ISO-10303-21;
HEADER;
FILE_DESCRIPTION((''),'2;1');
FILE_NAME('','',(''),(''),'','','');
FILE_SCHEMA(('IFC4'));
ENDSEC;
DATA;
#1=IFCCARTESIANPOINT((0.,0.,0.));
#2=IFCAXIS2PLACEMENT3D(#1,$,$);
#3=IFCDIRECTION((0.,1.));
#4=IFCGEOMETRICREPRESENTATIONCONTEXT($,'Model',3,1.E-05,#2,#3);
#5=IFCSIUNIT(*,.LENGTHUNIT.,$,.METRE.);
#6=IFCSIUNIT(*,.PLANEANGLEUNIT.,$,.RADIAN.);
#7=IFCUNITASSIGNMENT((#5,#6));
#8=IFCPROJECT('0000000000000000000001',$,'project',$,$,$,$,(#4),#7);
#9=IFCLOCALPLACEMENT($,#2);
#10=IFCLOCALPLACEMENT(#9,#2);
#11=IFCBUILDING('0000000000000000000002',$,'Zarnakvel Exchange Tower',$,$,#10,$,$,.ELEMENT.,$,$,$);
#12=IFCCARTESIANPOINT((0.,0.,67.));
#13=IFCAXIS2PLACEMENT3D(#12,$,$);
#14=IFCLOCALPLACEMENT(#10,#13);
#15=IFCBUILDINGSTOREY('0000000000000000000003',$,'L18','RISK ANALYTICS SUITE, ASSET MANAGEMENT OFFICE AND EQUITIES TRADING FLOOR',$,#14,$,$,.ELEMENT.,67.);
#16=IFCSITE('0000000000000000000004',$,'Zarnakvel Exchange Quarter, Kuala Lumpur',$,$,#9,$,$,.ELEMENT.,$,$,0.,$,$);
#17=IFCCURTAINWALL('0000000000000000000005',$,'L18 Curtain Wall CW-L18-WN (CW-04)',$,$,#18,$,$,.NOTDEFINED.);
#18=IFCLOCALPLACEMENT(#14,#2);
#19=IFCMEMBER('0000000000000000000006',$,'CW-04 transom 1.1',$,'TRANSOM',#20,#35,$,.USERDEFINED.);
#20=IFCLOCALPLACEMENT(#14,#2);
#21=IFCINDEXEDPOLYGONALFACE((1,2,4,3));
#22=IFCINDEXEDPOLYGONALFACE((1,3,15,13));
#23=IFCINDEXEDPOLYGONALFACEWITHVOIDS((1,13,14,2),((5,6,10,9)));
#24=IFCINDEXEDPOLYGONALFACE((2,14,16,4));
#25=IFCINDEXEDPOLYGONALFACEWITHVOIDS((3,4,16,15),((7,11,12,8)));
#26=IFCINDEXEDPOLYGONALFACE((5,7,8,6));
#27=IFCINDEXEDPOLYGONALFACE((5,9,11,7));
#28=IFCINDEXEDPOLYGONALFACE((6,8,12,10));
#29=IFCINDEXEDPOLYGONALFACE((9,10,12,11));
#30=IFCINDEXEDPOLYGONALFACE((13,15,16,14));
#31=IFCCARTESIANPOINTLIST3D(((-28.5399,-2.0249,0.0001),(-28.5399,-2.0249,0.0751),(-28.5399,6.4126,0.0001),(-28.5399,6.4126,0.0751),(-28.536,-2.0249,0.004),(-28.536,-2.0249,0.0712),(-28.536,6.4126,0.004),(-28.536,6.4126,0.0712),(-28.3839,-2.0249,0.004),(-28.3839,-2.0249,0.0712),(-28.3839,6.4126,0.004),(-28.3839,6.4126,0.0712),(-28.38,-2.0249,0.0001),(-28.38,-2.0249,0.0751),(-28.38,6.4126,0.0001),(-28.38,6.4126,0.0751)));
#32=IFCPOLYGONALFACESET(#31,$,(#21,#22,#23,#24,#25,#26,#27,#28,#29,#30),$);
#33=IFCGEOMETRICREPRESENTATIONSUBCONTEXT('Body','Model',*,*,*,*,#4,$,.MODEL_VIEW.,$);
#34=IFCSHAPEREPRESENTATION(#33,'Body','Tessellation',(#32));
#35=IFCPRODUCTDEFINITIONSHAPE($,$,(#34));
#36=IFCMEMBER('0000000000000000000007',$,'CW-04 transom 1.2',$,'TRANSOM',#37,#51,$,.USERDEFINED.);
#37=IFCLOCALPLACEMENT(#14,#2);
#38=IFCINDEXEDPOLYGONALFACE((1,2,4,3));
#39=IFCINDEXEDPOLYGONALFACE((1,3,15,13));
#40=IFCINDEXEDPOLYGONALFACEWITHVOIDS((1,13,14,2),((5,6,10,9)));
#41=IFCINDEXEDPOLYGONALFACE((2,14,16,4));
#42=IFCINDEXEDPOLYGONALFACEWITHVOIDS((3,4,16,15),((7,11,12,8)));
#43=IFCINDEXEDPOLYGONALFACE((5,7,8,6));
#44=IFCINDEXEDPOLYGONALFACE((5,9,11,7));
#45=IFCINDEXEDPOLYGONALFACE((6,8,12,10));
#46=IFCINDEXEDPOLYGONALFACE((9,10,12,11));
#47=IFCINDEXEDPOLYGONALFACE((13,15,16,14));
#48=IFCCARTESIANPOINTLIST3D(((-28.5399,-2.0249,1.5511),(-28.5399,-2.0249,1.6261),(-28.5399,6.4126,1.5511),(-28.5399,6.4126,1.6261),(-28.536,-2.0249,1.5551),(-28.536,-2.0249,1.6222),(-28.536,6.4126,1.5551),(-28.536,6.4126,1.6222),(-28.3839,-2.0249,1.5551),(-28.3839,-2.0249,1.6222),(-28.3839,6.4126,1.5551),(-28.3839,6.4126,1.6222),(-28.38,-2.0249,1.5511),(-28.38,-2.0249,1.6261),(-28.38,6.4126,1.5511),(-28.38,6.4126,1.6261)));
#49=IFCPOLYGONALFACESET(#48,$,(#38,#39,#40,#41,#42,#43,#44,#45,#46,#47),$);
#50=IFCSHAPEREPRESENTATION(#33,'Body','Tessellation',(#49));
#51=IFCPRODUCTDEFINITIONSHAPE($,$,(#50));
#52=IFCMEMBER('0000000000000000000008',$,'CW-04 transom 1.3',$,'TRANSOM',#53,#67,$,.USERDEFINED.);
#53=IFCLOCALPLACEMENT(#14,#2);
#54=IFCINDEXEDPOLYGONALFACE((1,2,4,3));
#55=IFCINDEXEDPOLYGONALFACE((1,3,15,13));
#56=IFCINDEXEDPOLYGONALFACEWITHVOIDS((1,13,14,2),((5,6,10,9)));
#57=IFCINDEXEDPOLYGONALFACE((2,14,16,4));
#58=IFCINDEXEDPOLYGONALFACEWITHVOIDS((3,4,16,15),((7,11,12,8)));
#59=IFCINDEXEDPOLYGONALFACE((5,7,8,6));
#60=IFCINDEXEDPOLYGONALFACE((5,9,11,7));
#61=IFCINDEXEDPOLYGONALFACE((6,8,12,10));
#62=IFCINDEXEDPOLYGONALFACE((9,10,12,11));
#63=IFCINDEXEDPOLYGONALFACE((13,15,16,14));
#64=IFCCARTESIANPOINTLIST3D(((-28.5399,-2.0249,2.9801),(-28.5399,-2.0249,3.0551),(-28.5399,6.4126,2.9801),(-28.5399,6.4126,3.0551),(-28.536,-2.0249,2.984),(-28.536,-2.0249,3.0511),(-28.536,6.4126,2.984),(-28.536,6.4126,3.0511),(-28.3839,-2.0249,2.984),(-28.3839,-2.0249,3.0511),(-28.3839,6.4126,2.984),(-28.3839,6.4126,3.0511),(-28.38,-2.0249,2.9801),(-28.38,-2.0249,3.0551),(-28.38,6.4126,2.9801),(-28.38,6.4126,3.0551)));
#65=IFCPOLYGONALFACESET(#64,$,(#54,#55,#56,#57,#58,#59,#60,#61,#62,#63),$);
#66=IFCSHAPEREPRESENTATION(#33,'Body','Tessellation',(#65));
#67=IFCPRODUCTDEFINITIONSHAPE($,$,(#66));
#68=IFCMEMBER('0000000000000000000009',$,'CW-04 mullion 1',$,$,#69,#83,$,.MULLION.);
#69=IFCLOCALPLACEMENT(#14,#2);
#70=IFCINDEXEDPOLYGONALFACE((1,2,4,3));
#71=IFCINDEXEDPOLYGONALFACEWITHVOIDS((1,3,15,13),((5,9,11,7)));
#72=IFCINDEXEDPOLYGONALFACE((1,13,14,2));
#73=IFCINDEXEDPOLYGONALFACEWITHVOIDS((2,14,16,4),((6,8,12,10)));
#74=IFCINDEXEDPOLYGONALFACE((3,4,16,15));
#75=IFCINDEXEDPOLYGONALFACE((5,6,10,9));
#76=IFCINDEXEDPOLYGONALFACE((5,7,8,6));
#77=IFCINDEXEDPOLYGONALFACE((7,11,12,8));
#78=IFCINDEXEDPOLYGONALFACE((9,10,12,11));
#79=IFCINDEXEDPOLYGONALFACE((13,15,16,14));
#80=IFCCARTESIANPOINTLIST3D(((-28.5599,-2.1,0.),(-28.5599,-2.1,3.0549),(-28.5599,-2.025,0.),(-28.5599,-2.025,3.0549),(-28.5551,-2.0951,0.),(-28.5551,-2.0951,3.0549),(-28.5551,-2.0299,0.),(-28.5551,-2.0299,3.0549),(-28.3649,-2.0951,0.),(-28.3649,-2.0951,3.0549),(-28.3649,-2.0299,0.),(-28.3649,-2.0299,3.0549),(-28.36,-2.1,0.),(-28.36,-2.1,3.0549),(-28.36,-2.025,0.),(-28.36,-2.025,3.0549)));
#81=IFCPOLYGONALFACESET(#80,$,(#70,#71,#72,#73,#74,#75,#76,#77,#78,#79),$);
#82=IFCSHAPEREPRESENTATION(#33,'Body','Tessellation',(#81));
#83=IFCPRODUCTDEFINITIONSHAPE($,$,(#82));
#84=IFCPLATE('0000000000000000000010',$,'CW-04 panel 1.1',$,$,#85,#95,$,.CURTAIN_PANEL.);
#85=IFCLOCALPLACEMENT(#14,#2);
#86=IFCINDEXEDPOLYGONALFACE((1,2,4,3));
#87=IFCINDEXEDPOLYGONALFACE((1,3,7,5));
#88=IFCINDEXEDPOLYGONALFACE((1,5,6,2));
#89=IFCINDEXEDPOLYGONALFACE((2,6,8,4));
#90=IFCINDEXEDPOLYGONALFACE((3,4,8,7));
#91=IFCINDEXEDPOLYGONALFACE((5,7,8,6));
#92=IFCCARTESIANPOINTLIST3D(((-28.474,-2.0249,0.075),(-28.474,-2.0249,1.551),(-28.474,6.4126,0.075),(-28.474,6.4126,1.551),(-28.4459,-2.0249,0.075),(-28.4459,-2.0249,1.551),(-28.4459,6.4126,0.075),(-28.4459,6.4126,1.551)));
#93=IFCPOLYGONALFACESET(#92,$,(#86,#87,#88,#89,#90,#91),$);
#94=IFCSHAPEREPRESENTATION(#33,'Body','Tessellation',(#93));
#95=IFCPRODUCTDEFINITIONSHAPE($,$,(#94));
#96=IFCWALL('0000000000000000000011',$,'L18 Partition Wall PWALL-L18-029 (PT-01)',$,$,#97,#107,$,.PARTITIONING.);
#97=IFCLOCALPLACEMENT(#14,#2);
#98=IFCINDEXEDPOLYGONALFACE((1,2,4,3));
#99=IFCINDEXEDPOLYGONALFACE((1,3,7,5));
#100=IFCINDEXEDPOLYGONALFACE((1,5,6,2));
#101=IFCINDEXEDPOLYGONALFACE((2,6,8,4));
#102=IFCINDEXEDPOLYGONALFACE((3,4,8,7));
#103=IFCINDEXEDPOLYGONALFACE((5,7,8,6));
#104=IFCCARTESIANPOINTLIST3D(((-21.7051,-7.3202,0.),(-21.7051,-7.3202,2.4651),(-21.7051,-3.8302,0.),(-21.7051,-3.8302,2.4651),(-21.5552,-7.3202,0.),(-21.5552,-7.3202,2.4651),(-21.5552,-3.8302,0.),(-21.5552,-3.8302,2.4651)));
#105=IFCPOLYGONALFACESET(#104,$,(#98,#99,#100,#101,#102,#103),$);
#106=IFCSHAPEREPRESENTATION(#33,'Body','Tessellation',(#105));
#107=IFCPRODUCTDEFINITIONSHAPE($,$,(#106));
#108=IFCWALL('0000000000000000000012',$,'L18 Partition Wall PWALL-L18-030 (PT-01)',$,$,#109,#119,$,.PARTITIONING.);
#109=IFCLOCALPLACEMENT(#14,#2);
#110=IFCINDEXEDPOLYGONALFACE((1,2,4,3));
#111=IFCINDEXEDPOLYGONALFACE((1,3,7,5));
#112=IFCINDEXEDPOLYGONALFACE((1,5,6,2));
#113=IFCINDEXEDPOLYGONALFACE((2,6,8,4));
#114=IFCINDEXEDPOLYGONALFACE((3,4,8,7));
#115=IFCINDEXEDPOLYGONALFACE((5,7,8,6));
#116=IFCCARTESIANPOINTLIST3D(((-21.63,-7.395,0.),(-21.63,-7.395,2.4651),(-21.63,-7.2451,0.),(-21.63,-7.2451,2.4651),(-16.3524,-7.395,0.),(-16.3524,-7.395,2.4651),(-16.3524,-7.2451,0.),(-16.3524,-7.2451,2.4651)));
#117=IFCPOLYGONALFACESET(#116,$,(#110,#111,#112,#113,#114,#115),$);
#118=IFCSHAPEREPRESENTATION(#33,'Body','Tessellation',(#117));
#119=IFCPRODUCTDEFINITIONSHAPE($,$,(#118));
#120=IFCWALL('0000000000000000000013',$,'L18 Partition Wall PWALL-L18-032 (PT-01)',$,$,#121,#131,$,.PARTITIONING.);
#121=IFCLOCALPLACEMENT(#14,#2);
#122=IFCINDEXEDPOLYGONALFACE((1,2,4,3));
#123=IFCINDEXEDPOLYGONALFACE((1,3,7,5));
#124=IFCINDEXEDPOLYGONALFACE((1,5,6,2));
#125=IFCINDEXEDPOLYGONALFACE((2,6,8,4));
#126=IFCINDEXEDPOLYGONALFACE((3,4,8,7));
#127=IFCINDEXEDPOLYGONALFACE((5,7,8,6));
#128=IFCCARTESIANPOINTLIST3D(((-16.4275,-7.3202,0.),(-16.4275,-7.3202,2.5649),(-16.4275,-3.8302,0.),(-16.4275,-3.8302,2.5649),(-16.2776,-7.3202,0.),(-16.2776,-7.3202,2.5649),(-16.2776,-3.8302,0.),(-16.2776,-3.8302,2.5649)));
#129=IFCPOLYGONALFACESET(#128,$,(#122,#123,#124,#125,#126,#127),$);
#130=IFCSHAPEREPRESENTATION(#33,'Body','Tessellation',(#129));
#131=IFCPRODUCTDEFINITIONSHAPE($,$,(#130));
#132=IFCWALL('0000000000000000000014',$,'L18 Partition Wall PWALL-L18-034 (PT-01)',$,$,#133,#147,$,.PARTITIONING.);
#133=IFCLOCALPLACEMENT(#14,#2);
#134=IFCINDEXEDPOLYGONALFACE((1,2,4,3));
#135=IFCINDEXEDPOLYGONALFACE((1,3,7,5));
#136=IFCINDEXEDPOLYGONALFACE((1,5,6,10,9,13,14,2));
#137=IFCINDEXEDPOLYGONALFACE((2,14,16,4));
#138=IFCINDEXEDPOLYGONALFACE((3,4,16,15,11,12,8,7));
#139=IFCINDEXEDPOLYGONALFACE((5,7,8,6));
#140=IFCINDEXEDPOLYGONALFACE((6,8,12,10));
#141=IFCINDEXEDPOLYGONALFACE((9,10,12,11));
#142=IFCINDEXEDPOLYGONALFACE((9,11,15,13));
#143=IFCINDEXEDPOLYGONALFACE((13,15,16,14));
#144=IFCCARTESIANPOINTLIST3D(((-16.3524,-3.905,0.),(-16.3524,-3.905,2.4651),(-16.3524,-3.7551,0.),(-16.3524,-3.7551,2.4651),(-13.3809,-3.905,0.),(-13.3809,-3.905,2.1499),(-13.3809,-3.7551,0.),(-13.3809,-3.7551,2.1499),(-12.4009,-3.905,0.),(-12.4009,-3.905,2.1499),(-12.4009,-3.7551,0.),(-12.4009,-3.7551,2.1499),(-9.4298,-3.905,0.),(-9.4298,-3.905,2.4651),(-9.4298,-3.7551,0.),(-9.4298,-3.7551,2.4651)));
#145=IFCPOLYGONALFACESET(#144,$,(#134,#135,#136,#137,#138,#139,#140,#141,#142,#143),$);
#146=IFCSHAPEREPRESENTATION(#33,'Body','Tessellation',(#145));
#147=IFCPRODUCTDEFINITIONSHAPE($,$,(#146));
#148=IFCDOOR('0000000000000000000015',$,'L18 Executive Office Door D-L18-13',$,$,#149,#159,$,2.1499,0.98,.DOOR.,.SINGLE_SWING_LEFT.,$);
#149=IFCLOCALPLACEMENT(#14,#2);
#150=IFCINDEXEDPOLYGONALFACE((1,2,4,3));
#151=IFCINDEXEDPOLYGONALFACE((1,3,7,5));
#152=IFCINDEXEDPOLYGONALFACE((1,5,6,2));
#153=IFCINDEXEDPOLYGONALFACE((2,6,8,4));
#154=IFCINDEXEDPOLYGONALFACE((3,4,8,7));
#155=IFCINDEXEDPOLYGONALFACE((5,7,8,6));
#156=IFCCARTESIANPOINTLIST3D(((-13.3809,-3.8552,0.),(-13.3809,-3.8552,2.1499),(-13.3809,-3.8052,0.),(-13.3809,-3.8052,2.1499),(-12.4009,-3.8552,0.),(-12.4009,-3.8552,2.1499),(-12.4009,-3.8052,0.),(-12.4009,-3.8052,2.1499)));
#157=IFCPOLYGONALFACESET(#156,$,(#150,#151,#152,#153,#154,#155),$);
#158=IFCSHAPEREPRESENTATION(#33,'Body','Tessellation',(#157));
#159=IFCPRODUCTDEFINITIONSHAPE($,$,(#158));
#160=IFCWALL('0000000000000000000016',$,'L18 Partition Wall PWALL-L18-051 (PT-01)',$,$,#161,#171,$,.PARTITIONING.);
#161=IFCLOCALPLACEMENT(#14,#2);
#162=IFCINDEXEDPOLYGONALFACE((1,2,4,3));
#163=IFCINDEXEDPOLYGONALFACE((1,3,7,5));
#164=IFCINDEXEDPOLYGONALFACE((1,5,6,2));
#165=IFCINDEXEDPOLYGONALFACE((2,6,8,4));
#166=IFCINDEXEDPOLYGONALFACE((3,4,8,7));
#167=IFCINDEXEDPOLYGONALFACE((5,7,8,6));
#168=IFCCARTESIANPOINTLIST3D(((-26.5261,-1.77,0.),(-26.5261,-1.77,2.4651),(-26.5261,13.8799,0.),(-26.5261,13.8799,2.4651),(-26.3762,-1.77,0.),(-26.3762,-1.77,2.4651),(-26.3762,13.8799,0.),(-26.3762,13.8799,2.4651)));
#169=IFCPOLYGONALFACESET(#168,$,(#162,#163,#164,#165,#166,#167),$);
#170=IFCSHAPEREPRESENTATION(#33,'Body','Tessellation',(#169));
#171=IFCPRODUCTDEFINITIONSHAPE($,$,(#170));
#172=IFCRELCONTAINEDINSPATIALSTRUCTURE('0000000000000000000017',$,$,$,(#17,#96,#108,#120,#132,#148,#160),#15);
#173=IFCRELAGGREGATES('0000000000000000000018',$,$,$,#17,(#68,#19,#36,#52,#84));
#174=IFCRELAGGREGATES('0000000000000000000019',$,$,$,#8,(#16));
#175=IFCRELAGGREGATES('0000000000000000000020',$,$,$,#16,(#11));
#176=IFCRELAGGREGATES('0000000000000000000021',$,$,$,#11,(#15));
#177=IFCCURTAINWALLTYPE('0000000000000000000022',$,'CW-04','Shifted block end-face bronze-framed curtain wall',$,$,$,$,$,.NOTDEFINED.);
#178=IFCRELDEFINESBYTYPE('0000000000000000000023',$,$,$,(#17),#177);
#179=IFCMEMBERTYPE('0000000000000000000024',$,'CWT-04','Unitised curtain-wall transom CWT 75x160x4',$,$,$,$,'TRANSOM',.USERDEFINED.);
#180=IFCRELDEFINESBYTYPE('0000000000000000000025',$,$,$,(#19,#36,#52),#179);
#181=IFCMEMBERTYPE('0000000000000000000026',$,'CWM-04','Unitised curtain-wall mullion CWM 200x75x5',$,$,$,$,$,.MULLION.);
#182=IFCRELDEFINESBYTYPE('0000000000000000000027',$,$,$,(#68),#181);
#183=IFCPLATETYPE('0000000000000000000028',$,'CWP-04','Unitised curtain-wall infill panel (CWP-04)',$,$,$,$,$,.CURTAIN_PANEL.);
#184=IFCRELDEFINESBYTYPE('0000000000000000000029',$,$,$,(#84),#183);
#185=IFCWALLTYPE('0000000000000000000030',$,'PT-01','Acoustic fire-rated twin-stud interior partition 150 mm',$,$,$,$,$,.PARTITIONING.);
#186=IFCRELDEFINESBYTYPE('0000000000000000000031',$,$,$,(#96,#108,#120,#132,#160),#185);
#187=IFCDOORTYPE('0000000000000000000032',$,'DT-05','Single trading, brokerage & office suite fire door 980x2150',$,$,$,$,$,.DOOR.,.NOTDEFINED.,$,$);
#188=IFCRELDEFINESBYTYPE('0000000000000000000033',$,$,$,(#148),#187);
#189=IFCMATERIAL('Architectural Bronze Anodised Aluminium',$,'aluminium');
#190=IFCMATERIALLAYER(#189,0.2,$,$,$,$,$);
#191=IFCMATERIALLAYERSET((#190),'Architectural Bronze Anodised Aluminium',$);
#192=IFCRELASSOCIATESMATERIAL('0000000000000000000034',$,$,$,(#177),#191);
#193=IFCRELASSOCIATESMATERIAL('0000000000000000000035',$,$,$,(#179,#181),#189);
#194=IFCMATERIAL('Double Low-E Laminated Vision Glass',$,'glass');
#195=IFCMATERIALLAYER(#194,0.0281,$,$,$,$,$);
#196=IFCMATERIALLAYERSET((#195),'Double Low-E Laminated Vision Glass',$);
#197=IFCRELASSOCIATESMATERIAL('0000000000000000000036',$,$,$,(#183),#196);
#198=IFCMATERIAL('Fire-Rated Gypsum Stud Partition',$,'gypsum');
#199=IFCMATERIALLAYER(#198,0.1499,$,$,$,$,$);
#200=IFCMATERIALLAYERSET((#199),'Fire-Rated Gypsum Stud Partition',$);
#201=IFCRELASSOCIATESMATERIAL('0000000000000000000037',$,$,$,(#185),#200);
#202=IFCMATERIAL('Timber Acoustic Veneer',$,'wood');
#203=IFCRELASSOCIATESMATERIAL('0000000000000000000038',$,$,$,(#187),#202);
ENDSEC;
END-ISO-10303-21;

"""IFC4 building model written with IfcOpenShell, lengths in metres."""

from ifc_helpers import new_model, si_unit, direction, frame, frame_2d, origin, origin_2d, place, context, subcontext, project, spatial, rectangle, hollow_rectangle, extrude, source, transform, mapped, material, layer, layer_set, material_profile, profile_set, type_object, element, fill, aggregate, save


model = new_model("IFC4")

# Units and contexts
model_context = context("Model", 3, precision=1e-05, world=origin(), true_north=direction((0.0, 1.0)))
body_context = subcontext(model_context, "Body", "Model", "MODEL_VIEW")
ifc_project = project(units=[si_unit("LENGTHUNIT", "METRE"), si_unit("PLANEANGLEUNIT", "RADIAN")], contexts=[model_context])

# Site, building, storey
site_placement = place(None, origin())
site = spatial("IfcSite", under=ifc_project, at=site_placement, Name="Zarnakvel Exchange Quarter, Kuala Lumpur", CompositionType="ELEMENT", RefElevation=0.0)
building_placement = place(site_placement, origin())
building = spatial("IfcBuilding", under=site, at=building_placement, Name="Zarnakvel Exchange Tower", CompositionType="ELEMENT")
storey_placement = place(building_placement, frame((0.0, 0.0, 67.0)))
storey = spatial("IfcBuildingStorey", under=building, at=storey_placement, Name="L18", Description="RISK ANALYTICS SUITE, ASSET MANAGEMENT OFFICE AND EQUITIES TRADING FLOOR", CompositionType="ELEMENT", Elevation=67.0)

# Curtain wall, members, plate
ifc_material_1 = material(Name="Architectural Bronze Anodised Aluminium", Category="aluminium")
ifc_layer_1 = layer(ifc_material_1, 0.2)
ifc_layer_set_1 = layer_set([ifc_layer_1], Name="Architectural Bronze Anodised Aluminium")
curtain_wall_type = type_object("IfcCurtainWallType", Name="CW-04", Description="Shifted block end-face bronze-framed curtain wall", PredefinedType="NOTDEFINED", material=ifc_layer_set_1)
curtain_wall_placement = place(storey_placement, origin())
curtain_wall = element("IfcCurtainWall", 1, at=curtain_wall_placement, inside=storey, type_object=curtain_wall_type, Name="L18 Curtain Wall CW-L18-WN (CW-04)", PredefinedType="NOTDEFINED")
ifc_material_profile_1 = material_profile(ifc_material_1, hollow_rectangle(XDim=0.1599, YDim=0.075, WallThickness=0.0039, at=origin_2d()))
ifc_profile_set_1 = profile_set([ifc_material_profile_1], Name="Architectural Bronze Anodised Aluminium")
member_type_1 = type_object("IfcMemberType", Name="CWT-04", Description="Unitised curtain-wall transom CWT 75x160x4", ElementType="TRANSOM", PredefinedType="USERDEFINED", material=ifc_profile_set_1)
shared_shape_1 = source(origin(), body_context, "Body", "SweptSolid", [
    extrude(hollow_rectangle(XDim=0.1599, YDim=0.075, WallThickness=0.0039, at=origin_2d()), origin(), (0.0, 0.0, 1.0), 8.4375),
])
member_1_placement = place(storey_placement, frame((-28.46, -2.0249, 0.0376), z_axis=(0.0, 1.0, 0.0), x_axis=(-1.0, 0.0, 0.0)))
member_1 = element("IfcMember", 2, at=member_1_placement, type_object=member_type_1, Name="CW-04 transom 1.1", ObjectType="TRANSOM", PredefinedType="USERDEFINED", context=body_context, shape_type="MappedRepresentation", body=[
    mapped(shared_shape_1, transform((0.0, 0.0, 0.0), x_axis=(1.0, 0.0, 0.0), y_axis=(0.0, 1.0, 0.0), z_axis=(0.0, 0.0, 1.0), scale=1.0)),
])
member_2_placement = place(storey_placement, frame((-28.46, -2.0249, 1.5886), z_axis=(0.0, 1.0, 0.0), x_axis=(-1.0, 0.0, 0.0)))
member_2 = element("IfcMember", 3, at=member_2_placement, type_object=member_type_1, Name="CW-04 transom 1.2", ObjectType="TRANSOM", PredefinedType="USERDEFINED", context=body_context, shape_type="MappedRepresentation", body=[
    mapped(shared_shape_1, transform((0.0, 0.0, 0.0), x_axis=(1.0, 0.0, 0.0), y_axis=(0.0, 1.0, 0.0), z_axis=(0.0, 0.0, 1.0), scale=1.0)),
])
member_3_placement = place(storey_placement, frame((-28.46, -2.0249, 3.0176), z_axis=(0.0, 1.0, 0.0), x_axis=(-1.0, 0.0, 0.0)))
member_3 = element("IfcMember", 4, at=member_3_placement, type_object=member_type_1, Name="CW-04 transom 1.3", ObjectType="TRANSOM", PredefinedType="USERDEFINED", context=body_context, shape_type="MappedRepresentation", body=[
    mapped(shared_shape_1, transform((0.0, 0.0, 0.0), x_axis=(1.0, 0.0, 0.0), y_axis=(0.0, 1.0, 0.0), z_axis=(0.0, 0.0, 1.0), scale=1.0)),
])
ifc_material_profile_2 = material_profile(ifc_material_1, hollow_rectangle(XDim=0.2, YDim=0.075, WallThickness=0.0049, at=origin_2d()))
ifc_profile_set_2 = profile_set([ifc_material_profile_2], Name="Architectural Bronze Anodised Aluminium")
member_type_2 = type_object("IfcMemberType", Name="CWM-04", Description="Unitised curtain-wall mullion CWM 200x75x5", PredefinedType="MULLION", material=ifc_profile_set_2)
shared_shape_2 = source(origin(), body_context, "Body", "SweptSolid", [
    extrude(hollow_rectangle(XDim=0.2, YDim=0.075, WallThickness=0.0049, at=origin_2d()), origin(), (0.0, 0.0, 1.0), 3.0549),
])
member_4_placement = place(storey_placement, frame((-28.46, -2.0625, 0.0), z_axis=(0.0, 0.0, 1.0), x_axis=(-1.0, 0.0, 0.0)))
member_4 = element("IfcMember", 5, at=member_4_placement, type_object=member_type_2, Name="CW-04 mullion 1", PredefinedType="MULLION", context=body_context, shape_type="MappedRepresentation", body=[
    mapped(shared_shape_2, transform((0.0, 0.0, 0.0), x_axis=(1.0, 0.0, 0.0), y_axis=(0.0, 1.0, 0.0), z_axis=(0.0, 0.0, 1.0), scale=1.0)),
])
ifc_material_2 = material(Name="Double Low-E Laminated Vision Glass", Category="glass")
ifc_layer_2 = layer(ifc_material_2, 0.0281)
ifc_layer_set_2 = layer_set([ifc_layer_2], Name="Double Low-E Laminated Vision Glass")
plate_type = type_object("IfcPlateType", Name="CWP-04", Description="Unitised curtain-wall infill panel (CWP-04)", PredefinedType="CURTAIN_PANEL", material=ifc_layer_set_2)
shared_shape_3 = source(origin(), body_context, "Body", "SweptSolid", [
    extrude(rectangle(XDim=8.4375, YDim=0.0281, at=origin_2d()), origin(), (0.0, 0.0, 1.0), 1.4761),
])
plate_placement = place(storey_placement, frame((-28.46, 2.1938, 0.075), z_axis=(0.0, 0.0, 1.0), x_axis=(0.0, 1.0, 0.0)))
plate = element("IfcPlate", 6, at=plate_placement, type_object=plate_type, Name="CW-04 panel 1.1", PredefinedType="CURTAIN_PANEL", context=body_context, shape_type="MappedRepresentation", body=[
    mapped(shared_shape_3, transform((0.0, 0.0, 0.0), x_axis=(1.0, 0.0, 0.0), y_axis=(0.0, 1.0, 0.0), z_axis=(0.0, 0.0, 1.0), scale=1.0)),
])
aggregate(curtain_wall, [member_4, member_1, member_2, member_3, plate])

# Shared definitions
ifc_material_3 = material(Name="Fire-Rated Gypsum Stud Partition", Category="gypsum")
ifc_layer_3 = layer(ifc_material_3, 0.1499)
ifc_layer_set_3 = layer_set([ifc_layer_3], Name="Fire-Rated Gypsum Stud Partition")
wall_type = type_object("IfcWallType", Name="PT-01", Description="Acoustic fire-rated twin-stud interior partition 150 mm", PredefinedType="PARTITIONING", material=ifc_layer_set_3)
ifc_material_4 = material(Name="Timber Acoustic Veneer", Category="wood")
door_type = type_object("IfcDoorType", Name="DT-05", Description="Single trading, brokerage & office suite fire door 980x2150", OperationType="NOTDEFINED", PredefinedType="DOOR", material=ifc_material_4)
shared_shape_4 = source(origin(), body_context, "Body", "SweptSolid", [
    extrude(rectangle(XDim=0.98, YDim=2.1499, at=frame_2d((0.49, 1.075))), frame((0.0, 0.0249, 0.0), z_axis=(0.0, -1.0, 0.0), x_axis=(1.0, 0.0, 0.0)), (0.0, 0.0, 1.0), 0.05),
])

# Walls
wall_1_placement = place(storey_placement, frame((-21.6301, -3.8301, 0.0), z_axis=(0.0, 0.0, 1.0), x_axis=(0.0, -1.0, 0.0)))
element("IfcWall", 7, at=wall_1_placement, inside=storey, type_object=wall_type, Name="L18 Partition Wall PWALL-L18-029 (PT-01)", PredefinedType="PARTITIONING", context=body_context, shape_type="SweptSolid", body=[
    extrude(rectangle(XDim=3.49, YDim=0.1499, at=frame_2d((1.7451, 0.0))), origin(), (0.0, 0.0, 1.0), 2.4651),
])
wall_2_placement = place(storey_placement, frame((-16.3525, -7.3201, 0.0), z_axis=(0.0, 0.0, 1.0), x_axis=(-1.0, 0.0, 0.0)))
element("IfcWall", 8, at=wall_2_placement, inside=storey, type_object=wall_type, Name="L18 Partition Wall PWALL-L18-030 (PT-01)", PredefinedType="PARTITIONING", context=body_context, shape_type="SweptSolid", body=[
    extrude(rectangle(XDim=5.2776, YDim=0.1499, at=frame_2d((2.6387, 0.0))), origin(), (0.0, 0.0, 1.0), 2.4651),
])

# Wall
wall_3_placement = place(storey_placement, frame((-16.3525, -3.8301, 0.0), z_axis=(0.0, 0.0, 1.0), x_axis=(0.0, -1.0, 0.0)))
element("IfcWall", 9, at=wall_3_placement, inside=storey, type_object=wall_type, Name="L18 Partition Wall PWALL-L18-032 (PT-01)", PredefinedType="PARTITIONING", context=body_context, shape_type="SweptSolid", body=[
    extrude(rectangle(XDim=3.49, YDim=0.1499, at=frame_2d((1.7451, 0.0))), origin(), (0.0, 0.0, 1.0), 2.5649),
])

# Wall, opening, door
wall_4_placement = place(storey_placement, frame((-16.3525, -3.8301, 0.0), z_axis=(0.0, 0.0, 1.0), x_axis=(1.0, 0.0, 0.0)))
wall_4 = element("IfcWall", 10, at=wall_4_placement, inside=storey, type_object=wall_type, Name="L18 Partition Wall PWALL-L18-034 (PT-01)", PredefinedType="PARTITIONING", context=body_context, shape_type="SweptSolid", body=[
    extrude(rectangle(XDim=6.9226, YDim=0.1499, at=frame_2d((3.4614, 0.0))), origin(), (0.0, 0.0, 1.0), 2.4651),
])
opening_1_placement = place(wall_4_placement, frame((2.9717, 0.0, 0.0)))
opening_1 = element("IfcOpeningElement", 11, at=opening_1_placement, cuts=wall_4, PredefinedType="OPENING", context=body_context, shape_type="SweptSolid", body=[
    extrude(rectangle(XDim=0.98, YDim=2.1499, at=frame_2d((0.49, 1.075))), frame((0.0, 0.085, 0.0), z_axis=(0.0, -1.0, 0.0), x_axis=(1.0, 0.0, 0.0)), (0.0, 0.0, 1.0), 0.1699),
])
door_1_placement = place(opening_1_placement, origin())
door_1 = element("IfcDoor", 12, at=door_1_placement, inside=storey, type_object=door_type, Name="L18 Executive Office Door D-L18-13", OperationType="SINGLE_SWING_LEFT", OverallHeight=2.1499, OverallWidth=0.98, PredefinedType="DOOR", context=body_context, shape_type="MappedRepresentation", body=[
    mapped(shared_shape_4, transform((0.0, 0.0, 0.0), x_axis=(1.0, 0.0, 0.0), y_axis=(0.0, 1.0, 0.0), z_axis=(0.0, 0.0, 1.0), scale=1.0)),
])
fill(opening_1, door_1)

# Wall
wall_5_placement = place(storey_placement, frame((-26.4512, -1.77, 0.0), z_axis=(0.0, 0.0, 1.0), x_axis=(0.0, 1.0, 0.0)))
element("IfcWall", 13, at=wall_5_placement, inside=storey, type_object=wall_type, Name="L18 Partition Wall PWALL-L18-051 (PT-01)", PredefinedType="PARTITIONING", context=body_context, shape_type="SweptSolid", body=[
    extrude(rectangle(XDim=15.6499, YDim=0.1499, at=frame_2d((7.825, 0.0))), origin(), (0.0, 0.0, 1.0), 2.4651),
])

save(model, "model.ifc")
